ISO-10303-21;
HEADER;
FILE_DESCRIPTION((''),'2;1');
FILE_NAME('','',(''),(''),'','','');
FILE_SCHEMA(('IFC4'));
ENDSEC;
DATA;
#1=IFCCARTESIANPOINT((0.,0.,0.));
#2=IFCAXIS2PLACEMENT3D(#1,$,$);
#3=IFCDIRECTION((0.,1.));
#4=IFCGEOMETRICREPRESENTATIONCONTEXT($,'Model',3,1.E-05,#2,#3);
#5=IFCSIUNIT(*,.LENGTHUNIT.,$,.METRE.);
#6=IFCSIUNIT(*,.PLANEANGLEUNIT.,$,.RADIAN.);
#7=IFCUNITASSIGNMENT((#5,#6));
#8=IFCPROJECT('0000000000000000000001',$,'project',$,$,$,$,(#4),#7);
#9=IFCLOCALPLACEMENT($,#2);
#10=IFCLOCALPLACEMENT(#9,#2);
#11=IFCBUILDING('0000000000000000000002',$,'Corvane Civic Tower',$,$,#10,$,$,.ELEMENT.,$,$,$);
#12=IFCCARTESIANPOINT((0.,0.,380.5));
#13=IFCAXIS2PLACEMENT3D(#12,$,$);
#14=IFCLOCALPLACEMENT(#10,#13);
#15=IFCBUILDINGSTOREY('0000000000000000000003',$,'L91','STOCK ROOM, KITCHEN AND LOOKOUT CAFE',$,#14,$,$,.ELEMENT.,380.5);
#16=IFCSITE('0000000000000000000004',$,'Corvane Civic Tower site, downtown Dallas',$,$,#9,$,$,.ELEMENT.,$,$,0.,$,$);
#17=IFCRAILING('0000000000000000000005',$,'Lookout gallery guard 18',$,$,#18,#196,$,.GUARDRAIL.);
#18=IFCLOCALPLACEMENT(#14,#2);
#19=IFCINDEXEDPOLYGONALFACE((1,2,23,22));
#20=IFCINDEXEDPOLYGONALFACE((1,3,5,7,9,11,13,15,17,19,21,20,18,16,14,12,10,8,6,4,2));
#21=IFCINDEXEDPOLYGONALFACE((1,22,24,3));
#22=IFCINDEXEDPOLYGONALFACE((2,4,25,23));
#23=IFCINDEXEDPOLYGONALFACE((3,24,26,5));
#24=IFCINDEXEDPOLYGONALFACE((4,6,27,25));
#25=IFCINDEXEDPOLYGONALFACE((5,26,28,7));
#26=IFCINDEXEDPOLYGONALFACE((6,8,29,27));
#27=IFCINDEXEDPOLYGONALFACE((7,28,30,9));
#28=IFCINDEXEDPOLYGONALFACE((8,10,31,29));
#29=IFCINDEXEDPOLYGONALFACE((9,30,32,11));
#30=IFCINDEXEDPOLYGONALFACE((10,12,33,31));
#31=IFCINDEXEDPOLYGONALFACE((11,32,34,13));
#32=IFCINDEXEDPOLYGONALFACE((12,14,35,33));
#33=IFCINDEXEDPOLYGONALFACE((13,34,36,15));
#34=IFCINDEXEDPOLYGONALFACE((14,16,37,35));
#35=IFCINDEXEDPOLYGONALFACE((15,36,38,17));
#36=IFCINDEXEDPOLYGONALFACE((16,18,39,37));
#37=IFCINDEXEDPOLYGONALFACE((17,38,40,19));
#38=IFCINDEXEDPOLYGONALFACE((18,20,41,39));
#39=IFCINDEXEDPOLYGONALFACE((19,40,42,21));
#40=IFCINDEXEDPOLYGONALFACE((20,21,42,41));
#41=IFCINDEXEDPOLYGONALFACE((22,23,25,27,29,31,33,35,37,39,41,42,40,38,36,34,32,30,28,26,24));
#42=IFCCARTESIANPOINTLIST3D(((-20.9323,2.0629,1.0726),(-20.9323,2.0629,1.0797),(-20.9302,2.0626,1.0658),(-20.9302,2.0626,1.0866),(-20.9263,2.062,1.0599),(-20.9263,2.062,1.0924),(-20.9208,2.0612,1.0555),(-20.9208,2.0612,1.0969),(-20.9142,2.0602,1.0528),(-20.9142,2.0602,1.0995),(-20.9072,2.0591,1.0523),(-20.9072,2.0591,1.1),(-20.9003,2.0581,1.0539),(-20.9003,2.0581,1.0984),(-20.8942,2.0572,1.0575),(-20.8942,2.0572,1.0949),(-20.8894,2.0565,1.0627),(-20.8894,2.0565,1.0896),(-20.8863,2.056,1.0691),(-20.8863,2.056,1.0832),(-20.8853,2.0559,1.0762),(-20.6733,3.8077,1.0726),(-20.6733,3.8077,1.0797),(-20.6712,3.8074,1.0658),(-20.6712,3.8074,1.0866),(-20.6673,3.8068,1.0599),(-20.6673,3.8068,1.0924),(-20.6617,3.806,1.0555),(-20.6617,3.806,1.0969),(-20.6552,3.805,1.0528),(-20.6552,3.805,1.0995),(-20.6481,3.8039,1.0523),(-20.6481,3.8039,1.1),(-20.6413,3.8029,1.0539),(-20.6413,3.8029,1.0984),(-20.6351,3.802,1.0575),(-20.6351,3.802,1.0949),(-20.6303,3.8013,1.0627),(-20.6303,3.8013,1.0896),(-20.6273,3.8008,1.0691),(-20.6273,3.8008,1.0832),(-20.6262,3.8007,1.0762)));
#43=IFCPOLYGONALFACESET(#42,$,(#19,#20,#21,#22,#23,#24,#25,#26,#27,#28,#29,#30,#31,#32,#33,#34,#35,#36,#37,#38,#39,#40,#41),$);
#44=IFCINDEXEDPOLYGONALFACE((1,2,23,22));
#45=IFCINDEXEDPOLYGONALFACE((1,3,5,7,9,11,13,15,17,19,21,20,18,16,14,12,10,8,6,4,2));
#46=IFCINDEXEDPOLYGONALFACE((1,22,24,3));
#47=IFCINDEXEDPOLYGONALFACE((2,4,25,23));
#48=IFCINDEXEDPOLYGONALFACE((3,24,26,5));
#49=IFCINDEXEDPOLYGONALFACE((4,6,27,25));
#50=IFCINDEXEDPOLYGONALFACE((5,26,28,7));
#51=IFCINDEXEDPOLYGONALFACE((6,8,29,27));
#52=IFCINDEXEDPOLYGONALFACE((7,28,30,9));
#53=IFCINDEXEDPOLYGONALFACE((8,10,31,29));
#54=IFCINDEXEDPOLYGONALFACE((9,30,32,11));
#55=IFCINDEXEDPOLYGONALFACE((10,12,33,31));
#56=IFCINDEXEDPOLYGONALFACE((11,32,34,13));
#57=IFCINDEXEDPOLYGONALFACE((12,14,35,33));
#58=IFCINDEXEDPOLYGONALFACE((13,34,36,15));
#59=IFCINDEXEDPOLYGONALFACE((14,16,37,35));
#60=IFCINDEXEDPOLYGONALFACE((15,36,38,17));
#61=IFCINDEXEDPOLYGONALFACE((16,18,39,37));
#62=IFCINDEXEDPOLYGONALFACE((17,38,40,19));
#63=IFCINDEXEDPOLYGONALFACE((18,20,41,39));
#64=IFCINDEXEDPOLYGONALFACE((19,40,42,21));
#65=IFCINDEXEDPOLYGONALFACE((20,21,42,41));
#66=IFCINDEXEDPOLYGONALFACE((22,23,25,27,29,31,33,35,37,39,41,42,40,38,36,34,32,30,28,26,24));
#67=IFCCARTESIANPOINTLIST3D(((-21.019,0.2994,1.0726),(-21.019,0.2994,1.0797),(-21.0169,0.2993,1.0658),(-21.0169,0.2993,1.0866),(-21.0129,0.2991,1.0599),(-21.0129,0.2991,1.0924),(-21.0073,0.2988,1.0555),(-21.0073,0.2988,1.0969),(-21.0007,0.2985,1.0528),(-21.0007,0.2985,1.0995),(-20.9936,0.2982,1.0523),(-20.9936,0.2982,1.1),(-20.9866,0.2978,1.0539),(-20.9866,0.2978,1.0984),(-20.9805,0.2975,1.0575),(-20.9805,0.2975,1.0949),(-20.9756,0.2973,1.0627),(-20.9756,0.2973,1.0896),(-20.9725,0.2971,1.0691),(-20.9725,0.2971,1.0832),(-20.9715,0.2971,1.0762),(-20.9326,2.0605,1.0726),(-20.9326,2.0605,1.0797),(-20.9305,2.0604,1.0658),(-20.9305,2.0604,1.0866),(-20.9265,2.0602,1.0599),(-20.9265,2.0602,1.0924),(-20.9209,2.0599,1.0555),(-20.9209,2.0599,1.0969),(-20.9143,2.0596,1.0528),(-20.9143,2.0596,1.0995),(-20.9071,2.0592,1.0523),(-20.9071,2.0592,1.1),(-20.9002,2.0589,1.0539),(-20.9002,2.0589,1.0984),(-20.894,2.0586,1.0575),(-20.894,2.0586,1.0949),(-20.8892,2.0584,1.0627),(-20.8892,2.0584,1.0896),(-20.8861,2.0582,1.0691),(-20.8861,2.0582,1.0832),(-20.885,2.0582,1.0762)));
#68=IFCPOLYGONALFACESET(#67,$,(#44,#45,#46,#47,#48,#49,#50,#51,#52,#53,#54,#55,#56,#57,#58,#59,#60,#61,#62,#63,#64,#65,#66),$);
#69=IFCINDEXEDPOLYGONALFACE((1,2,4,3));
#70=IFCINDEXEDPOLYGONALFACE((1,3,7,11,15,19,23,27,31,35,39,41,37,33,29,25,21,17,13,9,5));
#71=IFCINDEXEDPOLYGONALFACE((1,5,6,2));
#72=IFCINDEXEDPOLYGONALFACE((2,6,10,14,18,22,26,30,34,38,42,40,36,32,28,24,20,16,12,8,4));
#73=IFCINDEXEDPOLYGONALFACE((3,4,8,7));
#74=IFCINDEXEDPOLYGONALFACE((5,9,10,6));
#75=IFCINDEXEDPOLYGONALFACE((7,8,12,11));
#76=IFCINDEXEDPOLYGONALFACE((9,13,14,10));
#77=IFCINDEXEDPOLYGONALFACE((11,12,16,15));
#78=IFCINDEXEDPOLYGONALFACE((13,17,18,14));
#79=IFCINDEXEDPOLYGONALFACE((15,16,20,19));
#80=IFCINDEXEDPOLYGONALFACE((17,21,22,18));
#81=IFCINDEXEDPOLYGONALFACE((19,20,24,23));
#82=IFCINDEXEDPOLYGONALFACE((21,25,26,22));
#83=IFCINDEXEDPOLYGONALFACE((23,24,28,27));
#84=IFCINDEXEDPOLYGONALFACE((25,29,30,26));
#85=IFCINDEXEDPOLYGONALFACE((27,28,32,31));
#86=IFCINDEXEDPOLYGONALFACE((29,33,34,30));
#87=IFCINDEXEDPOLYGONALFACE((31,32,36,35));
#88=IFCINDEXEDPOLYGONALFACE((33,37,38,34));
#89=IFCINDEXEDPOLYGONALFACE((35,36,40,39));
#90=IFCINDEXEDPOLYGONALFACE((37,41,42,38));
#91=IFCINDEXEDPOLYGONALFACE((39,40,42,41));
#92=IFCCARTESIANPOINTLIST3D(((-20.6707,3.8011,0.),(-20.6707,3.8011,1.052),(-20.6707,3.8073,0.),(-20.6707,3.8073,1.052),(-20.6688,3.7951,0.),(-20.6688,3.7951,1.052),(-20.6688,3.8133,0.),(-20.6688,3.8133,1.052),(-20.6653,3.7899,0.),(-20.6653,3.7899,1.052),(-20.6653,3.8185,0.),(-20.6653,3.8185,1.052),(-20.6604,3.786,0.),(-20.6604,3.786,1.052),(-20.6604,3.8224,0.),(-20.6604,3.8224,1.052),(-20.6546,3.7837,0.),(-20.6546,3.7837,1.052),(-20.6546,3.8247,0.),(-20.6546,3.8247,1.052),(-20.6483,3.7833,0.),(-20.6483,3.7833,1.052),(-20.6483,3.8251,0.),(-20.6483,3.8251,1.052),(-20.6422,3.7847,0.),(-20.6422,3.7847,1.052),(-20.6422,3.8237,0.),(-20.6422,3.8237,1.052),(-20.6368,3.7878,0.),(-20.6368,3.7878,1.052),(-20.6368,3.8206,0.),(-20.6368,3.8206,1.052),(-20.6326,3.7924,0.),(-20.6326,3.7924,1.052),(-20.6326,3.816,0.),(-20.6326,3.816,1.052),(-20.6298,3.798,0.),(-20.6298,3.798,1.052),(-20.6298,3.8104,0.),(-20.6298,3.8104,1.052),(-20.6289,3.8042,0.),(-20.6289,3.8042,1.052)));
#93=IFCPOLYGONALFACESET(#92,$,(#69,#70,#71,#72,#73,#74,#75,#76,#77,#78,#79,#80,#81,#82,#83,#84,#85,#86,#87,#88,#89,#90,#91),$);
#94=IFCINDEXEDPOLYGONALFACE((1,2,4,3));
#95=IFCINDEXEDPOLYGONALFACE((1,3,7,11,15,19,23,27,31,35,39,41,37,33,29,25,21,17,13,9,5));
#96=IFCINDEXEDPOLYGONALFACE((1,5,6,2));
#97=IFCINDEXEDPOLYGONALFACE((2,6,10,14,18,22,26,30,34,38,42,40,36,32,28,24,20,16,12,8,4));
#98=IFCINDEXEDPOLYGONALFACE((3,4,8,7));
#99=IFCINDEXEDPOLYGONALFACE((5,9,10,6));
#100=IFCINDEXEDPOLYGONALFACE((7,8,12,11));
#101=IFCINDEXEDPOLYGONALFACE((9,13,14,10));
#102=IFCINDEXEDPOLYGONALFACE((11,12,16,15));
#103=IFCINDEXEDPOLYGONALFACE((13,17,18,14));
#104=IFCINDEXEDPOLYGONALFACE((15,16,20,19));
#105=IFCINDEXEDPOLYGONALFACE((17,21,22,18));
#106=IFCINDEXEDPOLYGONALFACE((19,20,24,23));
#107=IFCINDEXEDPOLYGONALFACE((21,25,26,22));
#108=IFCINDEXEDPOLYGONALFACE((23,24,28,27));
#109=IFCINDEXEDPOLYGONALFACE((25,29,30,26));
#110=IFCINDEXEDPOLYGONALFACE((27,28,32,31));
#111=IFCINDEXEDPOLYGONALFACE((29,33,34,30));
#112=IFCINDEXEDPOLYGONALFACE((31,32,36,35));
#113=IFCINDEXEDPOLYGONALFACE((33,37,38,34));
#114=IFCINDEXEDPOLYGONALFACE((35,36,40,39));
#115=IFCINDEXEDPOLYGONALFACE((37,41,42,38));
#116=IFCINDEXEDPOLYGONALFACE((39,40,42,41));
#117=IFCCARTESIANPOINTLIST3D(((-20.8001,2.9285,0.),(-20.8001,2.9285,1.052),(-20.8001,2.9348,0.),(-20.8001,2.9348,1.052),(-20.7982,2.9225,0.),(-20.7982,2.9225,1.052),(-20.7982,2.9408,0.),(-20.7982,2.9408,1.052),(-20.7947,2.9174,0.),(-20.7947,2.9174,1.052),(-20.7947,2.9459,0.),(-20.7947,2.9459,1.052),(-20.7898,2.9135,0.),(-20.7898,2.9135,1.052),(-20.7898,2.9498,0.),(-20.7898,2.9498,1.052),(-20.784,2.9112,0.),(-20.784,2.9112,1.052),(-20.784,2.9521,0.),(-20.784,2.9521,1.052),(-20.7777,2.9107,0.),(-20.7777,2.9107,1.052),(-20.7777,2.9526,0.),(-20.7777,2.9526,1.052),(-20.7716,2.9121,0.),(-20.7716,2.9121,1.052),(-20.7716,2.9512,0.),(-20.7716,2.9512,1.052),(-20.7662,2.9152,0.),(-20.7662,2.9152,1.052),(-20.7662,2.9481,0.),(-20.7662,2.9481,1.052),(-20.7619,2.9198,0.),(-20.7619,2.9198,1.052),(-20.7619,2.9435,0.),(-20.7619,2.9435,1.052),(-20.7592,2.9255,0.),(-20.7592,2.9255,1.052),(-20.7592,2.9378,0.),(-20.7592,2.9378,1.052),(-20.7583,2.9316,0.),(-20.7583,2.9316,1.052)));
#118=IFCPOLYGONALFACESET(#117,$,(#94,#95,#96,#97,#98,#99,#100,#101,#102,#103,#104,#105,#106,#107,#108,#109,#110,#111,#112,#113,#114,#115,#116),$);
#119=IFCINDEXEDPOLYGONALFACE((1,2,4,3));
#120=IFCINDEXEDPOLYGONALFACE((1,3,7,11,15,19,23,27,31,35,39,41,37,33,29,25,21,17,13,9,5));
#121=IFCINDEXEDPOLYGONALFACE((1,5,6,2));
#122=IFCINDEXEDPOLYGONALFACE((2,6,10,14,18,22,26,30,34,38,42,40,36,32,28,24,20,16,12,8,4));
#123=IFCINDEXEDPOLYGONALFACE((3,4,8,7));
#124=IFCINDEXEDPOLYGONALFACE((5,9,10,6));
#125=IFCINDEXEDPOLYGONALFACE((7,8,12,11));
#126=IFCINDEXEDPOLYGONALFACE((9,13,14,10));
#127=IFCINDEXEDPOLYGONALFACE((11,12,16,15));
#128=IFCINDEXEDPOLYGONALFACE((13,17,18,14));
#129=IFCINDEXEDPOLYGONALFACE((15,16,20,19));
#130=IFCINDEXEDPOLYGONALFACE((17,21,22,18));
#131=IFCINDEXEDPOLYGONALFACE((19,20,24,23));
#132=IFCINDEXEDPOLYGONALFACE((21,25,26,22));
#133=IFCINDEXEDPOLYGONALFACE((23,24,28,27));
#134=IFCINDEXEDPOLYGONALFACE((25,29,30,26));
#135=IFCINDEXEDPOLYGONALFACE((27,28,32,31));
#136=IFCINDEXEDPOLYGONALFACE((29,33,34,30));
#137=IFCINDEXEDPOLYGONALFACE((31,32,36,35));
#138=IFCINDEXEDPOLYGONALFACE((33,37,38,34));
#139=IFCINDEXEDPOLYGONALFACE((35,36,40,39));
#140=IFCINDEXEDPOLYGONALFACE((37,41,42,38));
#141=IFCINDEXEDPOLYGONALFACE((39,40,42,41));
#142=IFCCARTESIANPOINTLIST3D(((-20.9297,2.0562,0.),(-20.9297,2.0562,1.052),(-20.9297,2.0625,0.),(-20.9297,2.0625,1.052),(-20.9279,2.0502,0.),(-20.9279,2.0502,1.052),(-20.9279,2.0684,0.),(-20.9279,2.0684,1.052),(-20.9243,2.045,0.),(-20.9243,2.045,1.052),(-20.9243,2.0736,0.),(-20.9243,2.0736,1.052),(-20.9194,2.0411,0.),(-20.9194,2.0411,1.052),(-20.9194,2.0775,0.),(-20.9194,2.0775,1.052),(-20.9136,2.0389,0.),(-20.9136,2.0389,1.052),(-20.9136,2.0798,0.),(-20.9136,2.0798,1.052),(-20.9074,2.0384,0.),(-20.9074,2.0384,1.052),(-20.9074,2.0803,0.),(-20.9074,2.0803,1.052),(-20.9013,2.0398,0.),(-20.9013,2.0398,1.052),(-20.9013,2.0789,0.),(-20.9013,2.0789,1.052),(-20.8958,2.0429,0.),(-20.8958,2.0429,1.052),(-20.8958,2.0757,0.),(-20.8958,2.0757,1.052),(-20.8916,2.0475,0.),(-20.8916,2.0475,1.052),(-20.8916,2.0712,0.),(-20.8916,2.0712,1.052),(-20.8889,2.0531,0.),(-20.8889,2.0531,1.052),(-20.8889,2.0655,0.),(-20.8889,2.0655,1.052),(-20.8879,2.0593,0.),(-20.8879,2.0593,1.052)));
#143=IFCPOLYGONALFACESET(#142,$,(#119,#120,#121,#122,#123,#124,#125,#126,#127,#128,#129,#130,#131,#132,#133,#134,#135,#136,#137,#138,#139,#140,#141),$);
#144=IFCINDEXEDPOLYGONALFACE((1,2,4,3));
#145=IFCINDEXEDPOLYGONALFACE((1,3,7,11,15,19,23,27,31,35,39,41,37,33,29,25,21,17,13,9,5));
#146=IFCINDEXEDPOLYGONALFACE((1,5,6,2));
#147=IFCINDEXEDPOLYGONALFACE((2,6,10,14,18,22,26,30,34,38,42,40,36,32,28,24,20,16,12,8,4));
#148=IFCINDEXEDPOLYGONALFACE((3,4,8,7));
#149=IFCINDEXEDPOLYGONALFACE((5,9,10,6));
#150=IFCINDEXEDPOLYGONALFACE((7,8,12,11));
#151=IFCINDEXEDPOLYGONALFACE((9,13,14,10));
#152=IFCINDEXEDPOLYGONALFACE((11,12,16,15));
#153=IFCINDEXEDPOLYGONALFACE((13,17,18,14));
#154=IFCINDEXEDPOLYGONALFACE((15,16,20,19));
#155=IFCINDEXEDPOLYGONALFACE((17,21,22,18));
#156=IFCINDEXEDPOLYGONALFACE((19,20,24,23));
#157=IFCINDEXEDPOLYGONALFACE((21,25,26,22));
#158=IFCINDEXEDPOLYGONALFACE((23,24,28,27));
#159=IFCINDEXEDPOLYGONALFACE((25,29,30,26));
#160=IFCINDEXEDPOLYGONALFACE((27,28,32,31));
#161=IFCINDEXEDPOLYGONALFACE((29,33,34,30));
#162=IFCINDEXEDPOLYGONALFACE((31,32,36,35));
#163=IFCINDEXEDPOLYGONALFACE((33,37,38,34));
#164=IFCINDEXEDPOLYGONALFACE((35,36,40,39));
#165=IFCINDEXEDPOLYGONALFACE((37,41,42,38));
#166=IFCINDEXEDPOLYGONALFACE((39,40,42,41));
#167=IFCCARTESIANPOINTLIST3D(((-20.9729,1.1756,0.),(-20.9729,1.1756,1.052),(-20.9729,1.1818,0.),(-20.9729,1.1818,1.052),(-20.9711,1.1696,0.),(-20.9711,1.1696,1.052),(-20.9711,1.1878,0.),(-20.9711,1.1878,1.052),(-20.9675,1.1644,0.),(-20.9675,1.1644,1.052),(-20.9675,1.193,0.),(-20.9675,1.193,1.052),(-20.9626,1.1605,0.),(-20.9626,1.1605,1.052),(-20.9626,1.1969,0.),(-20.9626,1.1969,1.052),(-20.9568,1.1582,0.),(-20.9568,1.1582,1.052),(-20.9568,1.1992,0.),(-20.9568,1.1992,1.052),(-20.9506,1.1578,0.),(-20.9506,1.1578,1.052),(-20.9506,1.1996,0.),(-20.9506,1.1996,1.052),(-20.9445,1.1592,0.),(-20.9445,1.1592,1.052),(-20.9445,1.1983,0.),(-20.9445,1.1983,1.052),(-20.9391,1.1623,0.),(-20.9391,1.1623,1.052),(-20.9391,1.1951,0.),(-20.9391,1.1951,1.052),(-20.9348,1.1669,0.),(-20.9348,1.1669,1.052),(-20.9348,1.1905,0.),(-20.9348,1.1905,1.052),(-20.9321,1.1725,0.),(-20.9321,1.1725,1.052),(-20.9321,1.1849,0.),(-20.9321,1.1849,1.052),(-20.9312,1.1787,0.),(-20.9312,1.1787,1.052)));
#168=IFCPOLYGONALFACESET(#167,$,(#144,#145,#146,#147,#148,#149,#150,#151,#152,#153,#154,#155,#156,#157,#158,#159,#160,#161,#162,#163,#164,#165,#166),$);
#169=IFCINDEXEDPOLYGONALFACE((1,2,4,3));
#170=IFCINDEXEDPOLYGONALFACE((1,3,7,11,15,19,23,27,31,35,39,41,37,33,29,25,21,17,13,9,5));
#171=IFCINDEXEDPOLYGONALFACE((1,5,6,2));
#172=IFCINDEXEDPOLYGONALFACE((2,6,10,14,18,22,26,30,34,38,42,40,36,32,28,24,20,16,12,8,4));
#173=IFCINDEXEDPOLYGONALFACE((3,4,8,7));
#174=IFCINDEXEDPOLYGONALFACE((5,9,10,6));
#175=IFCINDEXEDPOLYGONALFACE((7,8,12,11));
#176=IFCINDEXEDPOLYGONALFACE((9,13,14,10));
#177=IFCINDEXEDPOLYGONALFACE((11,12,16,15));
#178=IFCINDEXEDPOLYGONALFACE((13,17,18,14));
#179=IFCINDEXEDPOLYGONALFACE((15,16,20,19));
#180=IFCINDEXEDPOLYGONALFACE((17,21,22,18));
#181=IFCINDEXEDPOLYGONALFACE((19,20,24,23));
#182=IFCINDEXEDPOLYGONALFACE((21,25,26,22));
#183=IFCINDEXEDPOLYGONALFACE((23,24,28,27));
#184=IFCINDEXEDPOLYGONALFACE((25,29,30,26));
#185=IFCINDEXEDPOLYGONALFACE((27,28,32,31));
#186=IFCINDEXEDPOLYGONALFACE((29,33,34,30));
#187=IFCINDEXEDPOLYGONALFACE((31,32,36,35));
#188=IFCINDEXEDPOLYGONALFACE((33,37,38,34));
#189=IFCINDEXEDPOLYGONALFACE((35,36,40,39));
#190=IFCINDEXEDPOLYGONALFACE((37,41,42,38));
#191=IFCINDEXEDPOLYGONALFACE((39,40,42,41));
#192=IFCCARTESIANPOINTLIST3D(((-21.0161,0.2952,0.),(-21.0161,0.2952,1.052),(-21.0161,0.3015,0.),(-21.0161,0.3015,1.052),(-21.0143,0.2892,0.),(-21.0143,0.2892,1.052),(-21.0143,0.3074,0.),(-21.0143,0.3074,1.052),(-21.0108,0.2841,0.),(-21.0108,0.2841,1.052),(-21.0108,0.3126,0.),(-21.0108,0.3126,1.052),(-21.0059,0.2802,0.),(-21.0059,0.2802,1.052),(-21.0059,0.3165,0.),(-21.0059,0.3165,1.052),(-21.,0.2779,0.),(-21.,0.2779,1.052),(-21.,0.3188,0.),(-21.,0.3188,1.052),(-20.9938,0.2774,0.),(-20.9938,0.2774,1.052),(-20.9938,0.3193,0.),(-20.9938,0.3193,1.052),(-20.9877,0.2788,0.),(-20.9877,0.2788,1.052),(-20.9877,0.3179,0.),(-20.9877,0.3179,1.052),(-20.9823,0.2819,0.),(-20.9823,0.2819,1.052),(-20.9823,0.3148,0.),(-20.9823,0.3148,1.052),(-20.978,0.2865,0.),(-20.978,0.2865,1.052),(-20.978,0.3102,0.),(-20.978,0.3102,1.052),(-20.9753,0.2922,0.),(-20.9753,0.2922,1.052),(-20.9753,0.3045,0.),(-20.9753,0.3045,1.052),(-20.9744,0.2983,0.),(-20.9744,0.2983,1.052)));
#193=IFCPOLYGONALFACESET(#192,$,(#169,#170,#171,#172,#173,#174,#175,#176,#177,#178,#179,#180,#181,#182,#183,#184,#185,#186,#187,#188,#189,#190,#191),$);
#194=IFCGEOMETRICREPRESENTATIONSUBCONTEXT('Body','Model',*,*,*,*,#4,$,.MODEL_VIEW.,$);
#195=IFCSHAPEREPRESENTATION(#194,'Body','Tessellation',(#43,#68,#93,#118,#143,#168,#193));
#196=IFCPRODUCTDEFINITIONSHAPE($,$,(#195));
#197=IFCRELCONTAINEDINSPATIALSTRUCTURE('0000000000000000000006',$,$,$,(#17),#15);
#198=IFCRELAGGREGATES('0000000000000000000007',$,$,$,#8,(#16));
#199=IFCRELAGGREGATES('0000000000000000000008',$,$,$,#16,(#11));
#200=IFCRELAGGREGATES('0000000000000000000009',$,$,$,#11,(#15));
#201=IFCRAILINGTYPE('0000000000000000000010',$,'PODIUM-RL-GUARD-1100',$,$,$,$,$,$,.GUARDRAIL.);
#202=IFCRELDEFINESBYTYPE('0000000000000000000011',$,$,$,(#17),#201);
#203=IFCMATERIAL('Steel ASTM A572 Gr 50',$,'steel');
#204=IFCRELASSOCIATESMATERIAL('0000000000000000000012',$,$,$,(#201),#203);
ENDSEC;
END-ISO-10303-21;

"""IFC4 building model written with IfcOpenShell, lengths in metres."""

from ifc_helpers import new_model, si_unit, direction, frame, origin, origin_2d, place, context, subcontext, project, spatial, circle, extrude, material, type_object, element, save


model = new_model("IFC4")

# Units and contexts
model_context = context("Model", 3, precision=1e-05, world=origin(), true_north=direction((0.0, 1.0)))
body_context = subcontext(model_context, "Body", "Model", "MODEL_VIEW")
ifc_project = project(units=[si_unit("LENGTHUNIT", "METRE"), si_unit("PLANEANGLEUNIT", "RADIAN")], contexts=[model_context])

# Site, building, storey
site_placement = place(None, origin())
site = spatial("IfcSite", under=ifc_project, at=site_placement, Name="Corvane Civic Tower site, downtown Dallas", CompositionType="ELEMENT", RefElevation=0.0)
building_placement = place(site_placement, origin())
building = spatial("IfcBuilding", under=site, at=building_placement, Name="Corvane Civic Tower", CompositionType="ELEMENT")
storey_placement = place(building_placement, frame((0.0, 0.0, 380.5)))
storey = spatial("IfcBuildingStorey", under=building, at=storey_placement, Name="L91", Description="STOCK ROOM, KITCHEN AND LOOKOUT CAFE", CompositionType="ELEMENT", Elevation=380.5)

# Railing
ifc_material_1 = material(Name="Steel ASTM A572 Gr 50", Category="steel")
railing_type = type_object("IfcRailingType", Name="PODIUM-RL-GUARD-1100", PredefinedType="GUARDRAIL", material=ifc_material_1)
railing_placement = place(storey_placement, frame((-20.6499, 3.8042, 0.0)))
element("IfcRailing", 1, at=railing_placement, inside=storey, type_object=railing_type, Name="Lookout gallery guard 18", PredefinedType="GUARDRAIL", context=body_context, shape_type="SweptSolid", body=[
    extrude(circle(Radius=0.0239, at=origin_2d()), frame((0.0, 0.0, 1.0762), z_axis=(-0.146845, -0.98916, 0.0), x_axis=(0.98916, -0.146845, 0.0)), (0.0, 0.0, 1.0), 1.7639),
    extrude(circle(Radius=0.0239, at=origin_2d()), frame((-0.259, -1.7449, 1.0762), z_axis=(-0.049019, -0.998798, 0.0), x_axis=(0.998798, -0.049019, 0.0)), (0.0, 0.0, 1.0), 1.7632),
    extrude(circle(Radius=0.021, at=origin_2d()), origin(), (0.0, 0.0, 1.0), 1.052),
    extrude(circle(Radius=0.021, at=origin_2d()), frame((-0.1294, -0.8726, 0.0)), (0.0, 0.0, 1.0), 1.052),
    extrude(circle(Radius=0.021, at=origin_2d()), frame((-0.259, -1.7449, 0.0)), (0.0, 0.0, 1.0), 1.052),
    extrude(circle(Radius=0.021, at=origin_2d()), frame((-0.3022, -2.6255, 0.0)), (0.0, 0.0, 1.0), 1.052),
    extrude(circle(Radius=0.021, at=origin_2d()), frame((-0.3455, -3.5059, 0.0)), (0.0, 0.0, 1.0), 1.052),
])

save(model, "model.ifc")
